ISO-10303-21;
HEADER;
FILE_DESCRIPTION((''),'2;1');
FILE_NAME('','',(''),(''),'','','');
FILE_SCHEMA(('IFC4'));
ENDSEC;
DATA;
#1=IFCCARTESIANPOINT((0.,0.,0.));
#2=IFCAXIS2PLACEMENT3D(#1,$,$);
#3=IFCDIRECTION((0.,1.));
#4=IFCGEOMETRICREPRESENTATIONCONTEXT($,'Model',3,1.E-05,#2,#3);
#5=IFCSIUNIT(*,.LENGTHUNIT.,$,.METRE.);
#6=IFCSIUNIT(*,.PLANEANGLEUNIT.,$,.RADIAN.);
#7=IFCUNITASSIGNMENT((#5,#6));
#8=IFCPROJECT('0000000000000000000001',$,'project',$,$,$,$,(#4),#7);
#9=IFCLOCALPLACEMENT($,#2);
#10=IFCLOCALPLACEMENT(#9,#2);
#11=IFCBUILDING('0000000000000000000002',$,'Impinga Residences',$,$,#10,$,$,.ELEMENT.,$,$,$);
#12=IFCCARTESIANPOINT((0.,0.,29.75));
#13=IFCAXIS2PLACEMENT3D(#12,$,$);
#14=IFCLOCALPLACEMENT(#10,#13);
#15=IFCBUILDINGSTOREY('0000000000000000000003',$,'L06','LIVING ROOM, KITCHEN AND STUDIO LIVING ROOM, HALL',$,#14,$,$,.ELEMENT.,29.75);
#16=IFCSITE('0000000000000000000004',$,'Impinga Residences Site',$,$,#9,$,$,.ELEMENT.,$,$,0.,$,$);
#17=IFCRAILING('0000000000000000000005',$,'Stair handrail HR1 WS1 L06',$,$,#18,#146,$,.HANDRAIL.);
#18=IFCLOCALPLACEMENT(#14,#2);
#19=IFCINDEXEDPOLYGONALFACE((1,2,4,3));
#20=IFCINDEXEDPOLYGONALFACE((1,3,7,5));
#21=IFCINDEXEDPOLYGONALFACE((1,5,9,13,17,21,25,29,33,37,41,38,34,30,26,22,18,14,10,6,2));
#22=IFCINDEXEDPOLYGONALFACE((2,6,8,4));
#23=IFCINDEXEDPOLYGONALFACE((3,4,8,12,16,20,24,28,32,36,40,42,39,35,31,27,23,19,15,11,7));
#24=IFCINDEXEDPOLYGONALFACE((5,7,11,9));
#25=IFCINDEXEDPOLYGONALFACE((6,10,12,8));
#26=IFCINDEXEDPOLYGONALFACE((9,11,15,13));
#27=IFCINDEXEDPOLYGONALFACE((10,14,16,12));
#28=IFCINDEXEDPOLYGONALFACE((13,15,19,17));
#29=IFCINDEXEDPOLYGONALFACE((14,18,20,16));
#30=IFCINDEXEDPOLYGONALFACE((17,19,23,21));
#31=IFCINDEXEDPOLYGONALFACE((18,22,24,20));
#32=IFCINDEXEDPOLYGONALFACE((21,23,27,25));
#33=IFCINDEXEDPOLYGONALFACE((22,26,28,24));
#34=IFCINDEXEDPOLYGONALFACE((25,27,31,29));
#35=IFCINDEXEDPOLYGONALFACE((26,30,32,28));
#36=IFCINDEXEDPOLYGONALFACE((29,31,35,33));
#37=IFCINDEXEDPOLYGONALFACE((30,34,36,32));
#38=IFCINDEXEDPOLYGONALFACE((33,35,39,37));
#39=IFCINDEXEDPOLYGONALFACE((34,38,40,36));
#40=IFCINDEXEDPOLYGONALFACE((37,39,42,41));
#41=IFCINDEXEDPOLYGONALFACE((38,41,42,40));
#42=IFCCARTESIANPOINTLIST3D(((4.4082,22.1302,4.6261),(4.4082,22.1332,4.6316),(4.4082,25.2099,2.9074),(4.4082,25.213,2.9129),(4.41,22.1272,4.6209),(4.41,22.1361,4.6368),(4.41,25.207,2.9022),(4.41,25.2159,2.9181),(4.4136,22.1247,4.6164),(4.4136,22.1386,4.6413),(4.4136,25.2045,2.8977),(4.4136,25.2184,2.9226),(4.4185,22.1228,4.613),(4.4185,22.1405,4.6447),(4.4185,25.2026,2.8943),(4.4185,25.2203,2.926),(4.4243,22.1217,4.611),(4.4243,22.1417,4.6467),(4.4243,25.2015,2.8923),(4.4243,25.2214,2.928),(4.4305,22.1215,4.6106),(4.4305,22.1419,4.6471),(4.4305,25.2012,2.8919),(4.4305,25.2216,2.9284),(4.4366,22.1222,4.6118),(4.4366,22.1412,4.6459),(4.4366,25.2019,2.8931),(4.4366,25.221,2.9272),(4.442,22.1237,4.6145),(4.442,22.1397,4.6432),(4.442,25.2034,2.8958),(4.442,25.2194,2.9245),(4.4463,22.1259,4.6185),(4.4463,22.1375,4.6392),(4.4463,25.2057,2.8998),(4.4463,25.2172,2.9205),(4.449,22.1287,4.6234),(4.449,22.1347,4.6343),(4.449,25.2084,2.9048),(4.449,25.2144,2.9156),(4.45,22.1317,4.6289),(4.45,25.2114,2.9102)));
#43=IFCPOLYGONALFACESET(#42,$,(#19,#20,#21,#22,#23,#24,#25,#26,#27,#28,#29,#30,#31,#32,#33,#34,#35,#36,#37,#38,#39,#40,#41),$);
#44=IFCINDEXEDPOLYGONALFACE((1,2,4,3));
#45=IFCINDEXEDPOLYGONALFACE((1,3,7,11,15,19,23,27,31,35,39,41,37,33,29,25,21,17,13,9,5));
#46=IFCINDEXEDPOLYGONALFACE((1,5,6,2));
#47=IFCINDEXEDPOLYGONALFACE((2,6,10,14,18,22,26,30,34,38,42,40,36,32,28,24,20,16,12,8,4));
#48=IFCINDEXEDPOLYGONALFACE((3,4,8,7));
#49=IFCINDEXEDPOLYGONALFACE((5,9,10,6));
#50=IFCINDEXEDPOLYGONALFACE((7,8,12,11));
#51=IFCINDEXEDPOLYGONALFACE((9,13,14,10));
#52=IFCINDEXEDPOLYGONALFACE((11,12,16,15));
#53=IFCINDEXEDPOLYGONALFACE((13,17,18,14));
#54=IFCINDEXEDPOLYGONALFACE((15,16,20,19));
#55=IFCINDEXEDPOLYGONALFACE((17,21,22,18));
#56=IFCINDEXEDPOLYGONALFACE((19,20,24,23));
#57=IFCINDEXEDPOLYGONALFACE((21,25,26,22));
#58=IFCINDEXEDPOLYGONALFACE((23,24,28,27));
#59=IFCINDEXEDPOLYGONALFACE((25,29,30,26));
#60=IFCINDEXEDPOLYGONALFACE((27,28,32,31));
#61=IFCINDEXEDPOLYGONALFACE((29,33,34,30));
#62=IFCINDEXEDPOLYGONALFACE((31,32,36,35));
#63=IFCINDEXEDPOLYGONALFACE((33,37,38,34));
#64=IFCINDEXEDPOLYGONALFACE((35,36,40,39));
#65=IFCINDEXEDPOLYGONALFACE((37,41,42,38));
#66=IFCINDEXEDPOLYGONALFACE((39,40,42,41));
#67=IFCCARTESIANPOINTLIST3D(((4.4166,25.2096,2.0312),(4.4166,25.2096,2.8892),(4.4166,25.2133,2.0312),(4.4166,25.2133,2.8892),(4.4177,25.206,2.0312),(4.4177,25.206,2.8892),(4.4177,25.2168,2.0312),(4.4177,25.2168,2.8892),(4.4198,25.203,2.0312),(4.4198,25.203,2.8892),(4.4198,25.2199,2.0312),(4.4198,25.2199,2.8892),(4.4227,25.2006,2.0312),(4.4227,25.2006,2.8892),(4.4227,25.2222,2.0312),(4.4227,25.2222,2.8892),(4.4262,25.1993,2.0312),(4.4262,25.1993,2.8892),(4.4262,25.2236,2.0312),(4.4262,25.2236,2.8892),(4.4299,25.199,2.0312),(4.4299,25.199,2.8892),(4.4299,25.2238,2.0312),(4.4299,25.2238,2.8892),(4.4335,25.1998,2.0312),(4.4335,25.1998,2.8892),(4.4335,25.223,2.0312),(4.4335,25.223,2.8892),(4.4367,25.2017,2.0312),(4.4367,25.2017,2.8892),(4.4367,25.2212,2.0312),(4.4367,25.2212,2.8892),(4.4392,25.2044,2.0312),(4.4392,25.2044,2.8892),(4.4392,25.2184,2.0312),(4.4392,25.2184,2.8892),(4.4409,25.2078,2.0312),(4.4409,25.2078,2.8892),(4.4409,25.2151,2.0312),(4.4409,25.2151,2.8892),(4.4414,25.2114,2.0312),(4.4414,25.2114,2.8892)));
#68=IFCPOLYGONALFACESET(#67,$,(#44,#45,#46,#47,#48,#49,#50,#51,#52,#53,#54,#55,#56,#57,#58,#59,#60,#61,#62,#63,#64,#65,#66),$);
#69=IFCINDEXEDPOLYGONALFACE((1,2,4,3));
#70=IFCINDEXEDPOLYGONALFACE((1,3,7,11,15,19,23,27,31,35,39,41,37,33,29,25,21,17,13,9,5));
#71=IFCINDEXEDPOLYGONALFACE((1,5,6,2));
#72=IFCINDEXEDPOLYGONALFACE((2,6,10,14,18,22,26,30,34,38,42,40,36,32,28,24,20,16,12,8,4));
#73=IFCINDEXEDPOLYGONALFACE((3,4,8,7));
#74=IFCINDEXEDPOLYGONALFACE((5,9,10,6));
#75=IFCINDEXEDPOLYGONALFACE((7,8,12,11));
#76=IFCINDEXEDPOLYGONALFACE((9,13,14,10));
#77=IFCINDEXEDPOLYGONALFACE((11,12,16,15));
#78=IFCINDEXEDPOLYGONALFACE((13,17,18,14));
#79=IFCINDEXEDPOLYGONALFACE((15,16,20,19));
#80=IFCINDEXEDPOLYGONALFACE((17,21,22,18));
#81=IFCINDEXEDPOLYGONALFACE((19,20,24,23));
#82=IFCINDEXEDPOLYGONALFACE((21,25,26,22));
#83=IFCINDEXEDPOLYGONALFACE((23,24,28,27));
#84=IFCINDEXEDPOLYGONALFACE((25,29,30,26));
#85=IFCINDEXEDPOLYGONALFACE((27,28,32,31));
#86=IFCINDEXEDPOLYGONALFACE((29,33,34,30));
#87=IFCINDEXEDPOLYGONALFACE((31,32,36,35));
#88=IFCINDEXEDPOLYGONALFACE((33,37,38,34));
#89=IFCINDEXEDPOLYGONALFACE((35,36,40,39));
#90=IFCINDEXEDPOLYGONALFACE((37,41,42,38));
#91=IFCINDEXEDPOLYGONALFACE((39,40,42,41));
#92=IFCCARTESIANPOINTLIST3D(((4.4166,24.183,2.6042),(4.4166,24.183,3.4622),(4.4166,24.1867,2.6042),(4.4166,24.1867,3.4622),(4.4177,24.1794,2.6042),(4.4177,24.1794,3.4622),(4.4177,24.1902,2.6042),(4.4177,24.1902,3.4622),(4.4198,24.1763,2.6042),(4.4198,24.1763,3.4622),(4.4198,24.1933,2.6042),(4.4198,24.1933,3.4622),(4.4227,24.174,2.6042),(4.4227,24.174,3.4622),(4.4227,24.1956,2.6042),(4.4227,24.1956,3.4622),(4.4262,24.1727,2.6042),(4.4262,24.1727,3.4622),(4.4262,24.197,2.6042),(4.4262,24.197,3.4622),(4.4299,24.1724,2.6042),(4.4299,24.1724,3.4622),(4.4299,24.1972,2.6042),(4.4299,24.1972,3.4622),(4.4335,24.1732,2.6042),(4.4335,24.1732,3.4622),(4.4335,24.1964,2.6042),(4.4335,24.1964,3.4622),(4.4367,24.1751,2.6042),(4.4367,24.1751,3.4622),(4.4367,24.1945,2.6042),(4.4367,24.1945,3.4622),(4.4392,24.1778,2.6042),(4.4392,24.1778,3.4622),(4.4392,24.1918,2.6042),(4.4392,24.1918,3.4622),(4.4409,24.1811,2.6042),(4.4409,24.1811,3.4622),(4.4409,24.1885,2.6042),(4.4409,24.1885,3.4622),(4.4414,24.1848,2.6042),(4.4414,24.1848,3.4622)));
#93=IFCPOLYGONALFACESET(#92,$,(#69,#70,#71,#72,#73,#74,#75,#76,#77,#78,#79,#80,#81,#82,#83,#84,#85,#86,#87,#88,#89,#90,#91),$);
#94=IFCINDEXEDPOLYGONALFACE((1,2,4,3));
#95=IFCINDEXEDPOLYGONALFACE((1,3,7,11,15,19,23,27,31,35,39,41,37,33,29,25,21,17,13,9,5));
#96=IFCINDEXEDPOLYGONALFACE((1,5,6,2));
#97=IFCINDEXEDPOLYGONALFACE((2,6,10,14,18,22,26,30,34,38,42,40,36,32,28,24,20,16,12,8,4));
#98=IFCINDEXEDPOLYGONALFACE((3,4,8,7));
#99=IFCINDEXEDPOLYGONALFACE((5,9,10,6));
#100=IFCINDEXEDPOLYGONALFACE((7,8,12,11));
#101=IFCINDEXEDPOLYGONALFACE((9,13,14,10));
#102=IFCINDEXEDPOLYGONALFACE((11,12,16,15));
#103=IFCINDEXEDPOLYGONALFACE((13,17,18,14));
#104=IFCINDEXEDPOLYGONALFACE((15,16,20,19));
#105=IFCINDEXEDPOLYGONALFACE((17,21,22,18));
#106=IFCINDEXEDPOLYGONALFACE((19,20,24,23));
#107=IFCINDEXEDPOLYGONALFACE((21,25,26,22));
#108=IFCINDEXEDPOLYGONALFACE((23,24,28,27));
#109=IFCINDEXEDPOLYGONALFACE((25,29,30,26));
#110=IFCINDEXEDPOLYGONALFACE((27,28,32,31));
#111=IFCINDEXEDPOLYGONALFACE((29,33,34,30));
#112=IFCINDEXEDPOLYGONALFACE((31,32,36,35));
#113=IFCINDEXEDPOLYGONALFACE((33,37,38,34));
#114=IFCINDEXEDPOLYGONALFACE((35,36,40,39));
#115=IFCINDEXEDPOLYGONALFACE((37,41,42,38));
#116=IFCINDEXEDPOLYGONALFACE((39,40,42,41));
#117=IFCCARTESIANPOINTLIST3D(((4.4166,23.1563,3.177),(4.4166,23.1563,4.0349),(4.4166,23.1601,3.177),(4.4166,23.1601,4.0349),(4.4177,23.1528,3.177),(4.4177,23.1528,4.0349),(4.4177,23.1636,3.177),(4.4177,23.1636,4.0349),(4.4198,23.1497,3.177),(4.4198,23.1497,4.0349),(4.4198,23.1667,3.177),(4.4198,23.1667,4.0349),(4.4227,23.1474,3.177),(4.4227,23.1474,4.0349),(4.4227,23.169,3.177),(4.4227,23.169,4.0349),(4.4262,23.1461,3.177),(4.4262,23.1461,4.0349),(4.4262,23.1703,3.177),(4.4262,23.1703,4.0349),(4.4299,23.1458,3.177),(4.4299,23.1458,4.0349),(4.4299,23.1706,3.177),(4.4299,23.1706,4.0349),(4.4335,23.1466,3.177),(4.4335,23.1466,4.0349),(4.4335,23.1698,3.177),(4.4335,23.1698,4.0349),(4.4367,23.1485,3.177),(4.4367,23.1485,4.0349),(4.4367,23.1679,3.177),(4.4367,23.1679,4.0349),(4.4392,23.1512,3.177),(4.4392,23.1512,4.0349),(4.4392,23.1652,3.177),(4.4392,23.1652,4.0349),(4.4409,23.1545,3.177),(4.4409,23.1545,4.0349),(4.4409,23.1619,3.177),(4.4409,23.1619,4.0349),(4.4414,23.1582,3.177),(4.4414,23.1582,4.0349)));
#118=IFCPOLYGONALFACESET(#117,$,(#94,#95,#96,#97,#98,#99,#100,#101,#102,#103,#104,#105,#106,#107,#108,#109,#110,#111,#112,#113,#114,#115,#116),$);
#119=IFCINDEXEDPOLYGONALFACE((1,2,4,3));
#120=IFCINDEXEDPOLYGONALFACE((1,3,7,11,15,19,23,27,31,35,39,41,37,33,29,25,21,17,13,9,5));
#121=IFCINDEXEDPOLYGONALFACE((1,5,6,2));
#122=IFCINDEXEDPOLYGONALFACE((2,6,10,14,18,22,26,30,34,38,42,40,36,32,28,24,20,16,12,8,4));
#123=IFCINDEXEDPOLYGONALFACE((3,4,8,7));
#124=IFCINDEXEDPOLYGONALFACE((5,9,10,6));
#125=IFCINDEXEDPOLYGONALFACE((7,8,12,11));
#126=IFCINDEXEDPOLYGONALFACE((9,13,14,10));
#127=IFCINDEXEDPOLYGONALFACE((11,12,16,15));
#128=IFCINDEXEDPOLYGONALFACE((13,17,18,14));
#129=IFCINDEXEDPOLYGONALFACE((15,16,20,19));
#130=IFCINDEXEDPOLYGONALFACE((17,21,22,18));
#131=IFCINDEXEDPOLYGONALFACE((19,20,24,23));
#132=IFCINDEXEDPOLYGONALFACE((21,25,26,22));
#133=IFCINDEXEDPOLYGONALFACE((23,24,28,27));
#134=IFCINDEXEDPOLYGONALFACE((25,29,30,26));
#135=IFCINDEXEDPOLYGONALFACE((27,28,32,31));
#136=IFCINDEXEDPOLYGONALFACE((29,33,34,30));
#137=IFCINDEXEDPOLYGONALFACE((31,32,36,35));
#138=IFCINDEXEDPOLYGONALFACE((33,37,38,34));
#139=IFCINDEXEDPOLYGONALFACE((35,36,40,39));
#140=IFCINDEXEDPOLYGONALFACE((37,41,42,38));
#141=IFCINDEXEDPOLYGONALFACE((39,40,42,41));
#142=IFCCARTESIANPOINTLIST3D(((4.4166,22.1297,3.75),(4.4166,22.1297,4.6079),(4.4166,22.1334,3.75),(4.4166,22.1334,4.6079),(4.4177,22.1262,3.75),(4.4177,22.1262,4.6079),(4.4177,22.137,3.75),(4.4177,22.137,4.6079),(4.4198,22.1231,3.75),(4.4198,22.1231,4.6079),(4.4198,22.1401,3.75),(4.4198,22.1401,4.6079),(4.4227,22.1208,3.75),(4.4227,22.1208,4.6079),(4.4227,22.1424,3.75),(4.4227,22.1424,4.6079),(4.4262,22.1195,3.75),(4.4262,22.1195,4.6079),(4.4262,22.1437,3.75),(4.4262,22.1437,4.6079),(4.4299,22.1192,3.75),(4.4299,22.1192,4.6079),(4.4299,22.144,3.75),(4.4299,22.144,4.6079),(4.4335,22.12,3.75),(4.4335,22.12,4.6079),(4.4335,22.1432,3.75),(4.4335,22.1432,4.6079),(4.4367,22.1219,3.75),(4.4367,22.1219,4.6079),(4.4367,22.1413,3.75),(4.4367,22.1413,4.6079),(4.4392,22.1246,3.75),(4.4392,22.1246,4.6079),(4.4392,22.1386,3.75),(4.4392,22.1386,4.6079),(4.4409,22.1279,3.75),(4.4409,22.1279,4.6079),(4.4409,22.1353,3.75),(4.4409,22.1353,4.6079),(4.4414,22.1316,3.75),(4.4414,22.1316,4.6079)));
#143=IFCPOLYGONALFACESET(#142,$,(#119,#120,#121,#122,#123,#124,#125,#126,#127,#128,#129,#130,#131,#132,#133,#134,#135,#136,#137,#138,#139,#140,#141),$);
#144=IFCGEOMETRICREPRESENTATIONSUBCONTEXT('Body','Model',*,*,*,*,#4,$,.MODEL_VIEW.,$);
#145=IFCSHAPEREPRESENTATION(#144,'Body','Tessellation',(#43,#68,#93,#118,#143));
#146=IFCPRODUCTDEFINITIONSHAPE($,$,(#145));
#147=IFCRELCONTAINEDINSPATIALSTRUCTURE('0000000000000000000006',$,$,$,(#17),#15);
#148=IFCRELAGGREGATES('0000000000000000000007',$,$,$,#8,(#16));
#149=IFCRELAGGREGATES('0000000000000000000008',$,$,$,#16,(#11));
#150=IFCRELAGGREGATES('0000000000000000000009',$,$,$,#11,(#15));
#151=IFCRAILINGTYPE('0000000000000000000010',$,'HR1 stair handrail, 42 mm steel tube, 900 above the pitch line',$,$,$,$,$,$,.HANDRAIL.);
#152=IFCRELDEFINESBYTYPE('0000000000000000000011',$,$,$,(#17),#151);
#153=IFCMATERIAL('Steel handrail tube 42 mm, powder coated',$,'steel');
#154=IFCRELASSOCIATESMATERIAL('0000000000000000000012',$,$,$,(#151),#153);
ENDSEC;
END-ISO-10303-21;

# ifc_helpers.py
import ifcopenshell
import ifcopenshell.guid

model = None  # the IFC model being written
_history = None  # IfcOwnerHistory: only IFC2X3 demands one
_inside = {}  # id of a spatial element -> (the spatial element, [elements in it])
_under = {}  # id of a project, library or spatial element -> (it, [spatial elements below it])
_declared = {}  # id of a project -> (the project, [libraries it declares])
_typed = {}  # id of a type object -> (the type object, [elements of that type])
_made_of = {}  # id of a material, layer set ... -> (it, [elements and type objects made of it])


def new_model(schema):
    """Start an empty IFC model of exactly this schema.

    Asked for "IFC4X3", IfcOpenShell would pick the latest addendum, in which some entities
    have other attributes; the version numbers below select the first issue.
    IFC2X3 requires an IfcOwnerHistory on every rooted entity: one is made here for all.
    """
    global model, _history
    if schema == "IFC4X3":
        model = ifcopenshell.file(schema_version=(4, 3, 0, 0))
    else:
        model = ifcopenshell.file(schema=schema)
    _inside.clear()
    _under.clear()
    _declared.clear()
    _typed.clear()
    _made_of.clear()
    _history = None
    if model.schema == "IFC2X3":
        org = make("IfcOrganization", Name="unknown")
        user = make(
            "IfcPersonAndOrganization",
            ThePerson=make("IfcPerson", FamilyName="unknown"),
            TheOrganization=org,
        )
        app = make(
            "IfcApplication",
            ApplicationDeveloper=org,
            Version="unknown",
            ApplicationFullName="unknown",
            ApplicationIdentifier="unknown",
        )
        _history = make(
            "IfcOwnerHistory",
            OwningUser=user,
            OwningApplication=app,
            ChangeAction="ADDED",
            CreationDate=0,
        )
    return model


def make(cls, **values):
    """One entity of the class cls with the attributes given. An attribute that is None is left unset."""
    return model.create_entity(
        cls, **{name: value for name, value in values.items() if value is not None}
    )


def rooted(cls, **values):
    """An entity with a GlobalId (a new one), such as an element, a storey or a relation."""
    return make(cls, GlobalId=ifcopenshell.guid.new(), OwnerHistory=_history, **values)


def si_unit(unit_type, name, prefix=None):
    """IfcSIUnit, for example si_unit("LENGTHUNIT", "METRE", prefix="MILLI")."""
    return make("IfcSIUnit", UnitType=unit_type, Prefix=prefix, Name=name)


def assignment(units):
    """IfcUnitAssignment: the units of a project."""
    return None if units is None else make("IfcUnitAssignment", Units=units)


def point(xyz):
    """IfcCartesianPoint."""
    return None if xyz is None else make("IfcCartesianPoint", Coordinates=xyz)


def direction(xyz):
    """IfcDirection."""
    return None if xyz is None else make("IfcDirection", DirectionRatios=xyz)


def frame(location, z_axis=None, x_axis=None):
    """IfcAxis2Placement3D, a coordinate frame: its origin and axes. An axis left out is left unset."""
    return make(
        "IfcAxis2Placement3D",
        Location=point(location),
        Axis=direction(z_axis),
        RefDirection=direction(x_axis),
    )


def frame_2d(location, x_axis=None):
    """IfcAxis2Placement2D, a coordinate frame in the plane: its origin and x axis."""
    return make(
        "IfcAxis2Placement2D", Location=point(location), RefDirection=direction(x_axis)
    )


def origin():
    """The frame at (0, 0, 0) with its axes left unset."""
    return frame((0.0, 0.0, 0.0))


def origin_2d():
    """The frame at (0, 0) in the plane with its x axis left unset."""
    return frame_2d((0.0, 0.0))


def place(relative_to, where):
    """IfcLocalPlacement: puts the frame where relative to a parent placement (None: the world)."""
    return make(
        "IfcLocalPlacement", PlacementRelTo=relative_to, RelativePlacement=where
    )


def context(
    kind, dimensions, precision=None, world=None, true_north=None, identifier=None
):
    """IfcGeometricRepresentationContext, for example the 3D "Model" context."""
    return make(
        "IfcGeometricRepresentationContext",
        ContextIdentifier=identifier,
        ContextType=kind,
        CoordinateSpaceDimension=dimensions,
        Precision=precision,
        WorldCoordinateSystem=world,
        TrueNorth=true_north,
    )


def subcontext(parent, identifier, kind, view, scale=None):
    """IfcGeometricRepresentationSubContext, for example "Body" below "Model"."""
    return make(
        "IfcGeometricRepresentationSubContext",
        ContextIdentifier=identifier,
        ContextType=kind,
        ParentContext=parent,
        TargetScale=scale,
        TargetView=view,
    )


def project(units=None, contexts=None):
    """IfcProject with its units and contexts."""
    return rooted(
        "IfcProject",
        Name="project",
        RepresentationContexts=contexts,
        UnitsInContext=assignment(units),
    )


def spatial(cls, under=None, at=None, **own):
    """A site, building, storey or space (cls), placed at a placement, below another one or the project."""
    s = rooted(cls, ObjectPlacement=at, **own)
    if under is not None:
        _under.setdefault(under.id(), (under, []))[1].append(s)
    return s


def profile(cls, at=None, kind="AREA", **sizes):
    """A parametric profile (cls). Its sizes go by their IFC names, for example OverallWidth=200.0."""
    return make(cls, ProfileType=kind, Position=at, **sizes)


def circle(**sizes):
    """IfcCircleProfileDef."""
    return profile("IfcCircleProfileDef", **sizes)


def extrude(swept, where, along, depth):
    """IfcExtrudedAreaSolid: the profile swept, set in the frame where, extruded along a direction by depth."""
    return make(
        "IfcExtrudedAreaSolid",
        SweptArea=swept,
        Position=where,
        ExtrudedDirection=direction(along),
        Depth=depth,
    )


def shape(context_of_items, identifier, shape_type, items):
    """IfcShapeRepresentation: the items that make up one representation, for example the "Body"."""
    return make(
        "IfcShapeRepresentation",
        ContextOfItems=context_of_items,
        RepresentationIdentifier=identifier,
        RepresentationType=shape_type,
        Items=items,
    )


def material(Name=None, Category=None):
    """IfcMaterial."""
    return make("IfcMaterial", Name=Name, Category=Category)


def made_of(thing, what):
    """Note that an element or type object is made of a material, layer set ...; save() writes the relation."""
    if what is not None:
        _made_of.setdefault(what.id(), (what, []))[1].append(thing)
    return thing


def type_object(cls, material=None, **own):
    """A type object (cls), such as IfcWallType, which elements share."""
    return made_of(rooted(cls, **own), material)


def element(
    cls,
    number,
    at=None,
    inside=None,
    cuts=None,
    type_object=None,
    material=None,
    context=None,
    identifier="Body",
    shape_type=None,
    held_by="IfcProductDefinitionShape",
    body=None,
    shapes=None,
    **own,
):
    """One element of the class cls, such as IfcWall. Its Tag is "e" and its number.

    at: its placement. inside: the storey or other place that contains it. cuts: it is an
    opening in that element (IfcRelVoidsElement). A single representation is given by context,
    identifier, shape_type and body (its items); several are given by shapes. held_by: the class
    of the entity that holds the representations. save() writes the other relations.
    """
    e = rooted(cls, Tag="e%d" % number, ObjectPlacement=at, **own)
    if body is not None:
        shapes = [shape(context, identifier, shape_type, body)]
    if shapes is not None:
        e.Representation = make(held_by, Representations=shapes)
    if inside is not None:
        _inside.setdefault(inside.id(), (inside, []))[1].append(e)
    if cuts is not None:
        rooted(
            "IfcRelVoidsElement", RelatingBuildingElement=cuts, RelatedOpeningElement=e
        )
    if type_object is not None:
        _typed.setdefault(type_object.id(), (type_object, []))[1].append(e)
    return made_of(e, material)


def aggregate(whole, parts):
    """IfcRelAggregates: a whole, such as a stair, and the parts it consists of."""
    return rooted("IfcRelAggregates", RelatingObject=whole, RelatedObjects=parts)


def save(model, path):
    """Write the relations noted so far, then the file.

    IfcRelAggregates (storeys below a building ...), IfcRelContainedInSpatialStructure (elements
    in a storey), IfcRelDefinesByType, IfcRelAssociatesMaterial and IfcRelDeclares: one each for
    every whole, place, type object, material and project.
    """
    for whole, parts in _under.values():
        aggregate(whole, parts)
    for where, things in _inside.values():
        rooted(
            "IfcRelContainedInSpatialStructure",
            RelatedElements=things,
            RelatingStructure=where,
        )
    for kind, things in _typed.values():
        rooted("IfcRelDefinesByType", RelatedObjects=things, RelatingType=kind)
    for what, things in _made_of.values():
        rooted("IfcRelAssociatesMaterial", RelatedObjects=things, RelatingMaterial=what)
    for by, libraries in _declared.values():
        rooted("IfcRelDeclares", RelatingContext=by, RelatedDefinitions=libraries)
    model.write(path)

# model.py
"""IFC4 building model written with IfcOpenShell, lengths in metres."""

from ifc_helpers import new_model, si_unit, direction, frame, origin, origin_2d, place, context, subcontext, project, spatial, circle, extrude, material, type_object, element, save


model = new_model("IFC4")

# Units and contexts
model_context = context("Model", 3, precision=1e-05, world=origin(), true_north=direction((0.0, 1.0)))
body_context = subcontext(model_context, "Body", "Model", "MODEL_VIEW")
ifc_project = project(units=[si_unit("LENGTHUNIT", "METRE"), si_unit("PLANEANGLEUNIT", "RADIAN")], contexts=[model_context])

# Site, building, storey
site_placement = place(None, origin())
site = spatial("IfcSite", under=ifc_project, at=site_placement, Name="Impinga Residences Site", CompositionType="ELEMENT", RefElevation=0.0)
building_placement = place(site_placement, origin())
building = spatial("IfcBuilding", under=site, at=building_placement, Name="Impinga Residences", CompositionType="ELEMENT")
storey_placement = place(building_placement, frame((0.0, 0.0, 29.75)))
storey = spatial("IfcBuildingStorey", under=building, at=storey_placement, Name="L06", Description="LIVING ROOM, KITCHEN AND STUDIO LIVING ROOM, HALL", CompositionType="ELEMENT", Elevation=29.75)

# Railing
ifc_material_1 = material(Name="Steel handrail tube 42 mm, powder coated", Category="steel")
railing_type_1 = type_object("IfcRailingType", Name="HR1 stair handrail, 42 mm steel tube, 900 above the pitch line", PredefinedType="HANDRAIL", material=ifc_material_1)
railing_1_placement = place(storey_placement, frame((4.429, 25.2114, 2.0312)))
element("IfcRailing", 1, at=railing_1_placement, inside=storey, type_object=railing_type_1, Name="Stair handrail HR1 WS1 L06", PredefinedType="HANDRAIL", context=body_context, shape_type="SweptSolid", body=[
    extrude(circle(Radius=0.021, at=origin_2d()), frame((0.0, 0.0, 0.8789), z_axis=(0.0, -0.873225, 0.487317), x_axis=(1.0, 0.0, 0.0)), (0.0, 0.0, 1.0), 3.5269),
    extrude(circle(Radius=0.0125, at=origin_2d()), origin(), (0.0, 0.0, 1.0), 0.8579),
    extrude(circle(Radius=0.0125, at=origin_2d()), frame((0.0, -1.0266, 0.573)), (0.0, 0.0, 1.0), 0.8579),
    extrude(circle(Radius=0.0125, at=origin_2d()), frame((0.0, -2.0532, 1.1458)), (0.0, 0.0, 1.0), 0.8579),
    extrude(circle(Radius=0.0125, at=origin_2d()), frame((0.0, -3.0798, 1.7188)), (0.0, 0.0, 1.0), 0.8579),
])

save(model, "model.ifc")
